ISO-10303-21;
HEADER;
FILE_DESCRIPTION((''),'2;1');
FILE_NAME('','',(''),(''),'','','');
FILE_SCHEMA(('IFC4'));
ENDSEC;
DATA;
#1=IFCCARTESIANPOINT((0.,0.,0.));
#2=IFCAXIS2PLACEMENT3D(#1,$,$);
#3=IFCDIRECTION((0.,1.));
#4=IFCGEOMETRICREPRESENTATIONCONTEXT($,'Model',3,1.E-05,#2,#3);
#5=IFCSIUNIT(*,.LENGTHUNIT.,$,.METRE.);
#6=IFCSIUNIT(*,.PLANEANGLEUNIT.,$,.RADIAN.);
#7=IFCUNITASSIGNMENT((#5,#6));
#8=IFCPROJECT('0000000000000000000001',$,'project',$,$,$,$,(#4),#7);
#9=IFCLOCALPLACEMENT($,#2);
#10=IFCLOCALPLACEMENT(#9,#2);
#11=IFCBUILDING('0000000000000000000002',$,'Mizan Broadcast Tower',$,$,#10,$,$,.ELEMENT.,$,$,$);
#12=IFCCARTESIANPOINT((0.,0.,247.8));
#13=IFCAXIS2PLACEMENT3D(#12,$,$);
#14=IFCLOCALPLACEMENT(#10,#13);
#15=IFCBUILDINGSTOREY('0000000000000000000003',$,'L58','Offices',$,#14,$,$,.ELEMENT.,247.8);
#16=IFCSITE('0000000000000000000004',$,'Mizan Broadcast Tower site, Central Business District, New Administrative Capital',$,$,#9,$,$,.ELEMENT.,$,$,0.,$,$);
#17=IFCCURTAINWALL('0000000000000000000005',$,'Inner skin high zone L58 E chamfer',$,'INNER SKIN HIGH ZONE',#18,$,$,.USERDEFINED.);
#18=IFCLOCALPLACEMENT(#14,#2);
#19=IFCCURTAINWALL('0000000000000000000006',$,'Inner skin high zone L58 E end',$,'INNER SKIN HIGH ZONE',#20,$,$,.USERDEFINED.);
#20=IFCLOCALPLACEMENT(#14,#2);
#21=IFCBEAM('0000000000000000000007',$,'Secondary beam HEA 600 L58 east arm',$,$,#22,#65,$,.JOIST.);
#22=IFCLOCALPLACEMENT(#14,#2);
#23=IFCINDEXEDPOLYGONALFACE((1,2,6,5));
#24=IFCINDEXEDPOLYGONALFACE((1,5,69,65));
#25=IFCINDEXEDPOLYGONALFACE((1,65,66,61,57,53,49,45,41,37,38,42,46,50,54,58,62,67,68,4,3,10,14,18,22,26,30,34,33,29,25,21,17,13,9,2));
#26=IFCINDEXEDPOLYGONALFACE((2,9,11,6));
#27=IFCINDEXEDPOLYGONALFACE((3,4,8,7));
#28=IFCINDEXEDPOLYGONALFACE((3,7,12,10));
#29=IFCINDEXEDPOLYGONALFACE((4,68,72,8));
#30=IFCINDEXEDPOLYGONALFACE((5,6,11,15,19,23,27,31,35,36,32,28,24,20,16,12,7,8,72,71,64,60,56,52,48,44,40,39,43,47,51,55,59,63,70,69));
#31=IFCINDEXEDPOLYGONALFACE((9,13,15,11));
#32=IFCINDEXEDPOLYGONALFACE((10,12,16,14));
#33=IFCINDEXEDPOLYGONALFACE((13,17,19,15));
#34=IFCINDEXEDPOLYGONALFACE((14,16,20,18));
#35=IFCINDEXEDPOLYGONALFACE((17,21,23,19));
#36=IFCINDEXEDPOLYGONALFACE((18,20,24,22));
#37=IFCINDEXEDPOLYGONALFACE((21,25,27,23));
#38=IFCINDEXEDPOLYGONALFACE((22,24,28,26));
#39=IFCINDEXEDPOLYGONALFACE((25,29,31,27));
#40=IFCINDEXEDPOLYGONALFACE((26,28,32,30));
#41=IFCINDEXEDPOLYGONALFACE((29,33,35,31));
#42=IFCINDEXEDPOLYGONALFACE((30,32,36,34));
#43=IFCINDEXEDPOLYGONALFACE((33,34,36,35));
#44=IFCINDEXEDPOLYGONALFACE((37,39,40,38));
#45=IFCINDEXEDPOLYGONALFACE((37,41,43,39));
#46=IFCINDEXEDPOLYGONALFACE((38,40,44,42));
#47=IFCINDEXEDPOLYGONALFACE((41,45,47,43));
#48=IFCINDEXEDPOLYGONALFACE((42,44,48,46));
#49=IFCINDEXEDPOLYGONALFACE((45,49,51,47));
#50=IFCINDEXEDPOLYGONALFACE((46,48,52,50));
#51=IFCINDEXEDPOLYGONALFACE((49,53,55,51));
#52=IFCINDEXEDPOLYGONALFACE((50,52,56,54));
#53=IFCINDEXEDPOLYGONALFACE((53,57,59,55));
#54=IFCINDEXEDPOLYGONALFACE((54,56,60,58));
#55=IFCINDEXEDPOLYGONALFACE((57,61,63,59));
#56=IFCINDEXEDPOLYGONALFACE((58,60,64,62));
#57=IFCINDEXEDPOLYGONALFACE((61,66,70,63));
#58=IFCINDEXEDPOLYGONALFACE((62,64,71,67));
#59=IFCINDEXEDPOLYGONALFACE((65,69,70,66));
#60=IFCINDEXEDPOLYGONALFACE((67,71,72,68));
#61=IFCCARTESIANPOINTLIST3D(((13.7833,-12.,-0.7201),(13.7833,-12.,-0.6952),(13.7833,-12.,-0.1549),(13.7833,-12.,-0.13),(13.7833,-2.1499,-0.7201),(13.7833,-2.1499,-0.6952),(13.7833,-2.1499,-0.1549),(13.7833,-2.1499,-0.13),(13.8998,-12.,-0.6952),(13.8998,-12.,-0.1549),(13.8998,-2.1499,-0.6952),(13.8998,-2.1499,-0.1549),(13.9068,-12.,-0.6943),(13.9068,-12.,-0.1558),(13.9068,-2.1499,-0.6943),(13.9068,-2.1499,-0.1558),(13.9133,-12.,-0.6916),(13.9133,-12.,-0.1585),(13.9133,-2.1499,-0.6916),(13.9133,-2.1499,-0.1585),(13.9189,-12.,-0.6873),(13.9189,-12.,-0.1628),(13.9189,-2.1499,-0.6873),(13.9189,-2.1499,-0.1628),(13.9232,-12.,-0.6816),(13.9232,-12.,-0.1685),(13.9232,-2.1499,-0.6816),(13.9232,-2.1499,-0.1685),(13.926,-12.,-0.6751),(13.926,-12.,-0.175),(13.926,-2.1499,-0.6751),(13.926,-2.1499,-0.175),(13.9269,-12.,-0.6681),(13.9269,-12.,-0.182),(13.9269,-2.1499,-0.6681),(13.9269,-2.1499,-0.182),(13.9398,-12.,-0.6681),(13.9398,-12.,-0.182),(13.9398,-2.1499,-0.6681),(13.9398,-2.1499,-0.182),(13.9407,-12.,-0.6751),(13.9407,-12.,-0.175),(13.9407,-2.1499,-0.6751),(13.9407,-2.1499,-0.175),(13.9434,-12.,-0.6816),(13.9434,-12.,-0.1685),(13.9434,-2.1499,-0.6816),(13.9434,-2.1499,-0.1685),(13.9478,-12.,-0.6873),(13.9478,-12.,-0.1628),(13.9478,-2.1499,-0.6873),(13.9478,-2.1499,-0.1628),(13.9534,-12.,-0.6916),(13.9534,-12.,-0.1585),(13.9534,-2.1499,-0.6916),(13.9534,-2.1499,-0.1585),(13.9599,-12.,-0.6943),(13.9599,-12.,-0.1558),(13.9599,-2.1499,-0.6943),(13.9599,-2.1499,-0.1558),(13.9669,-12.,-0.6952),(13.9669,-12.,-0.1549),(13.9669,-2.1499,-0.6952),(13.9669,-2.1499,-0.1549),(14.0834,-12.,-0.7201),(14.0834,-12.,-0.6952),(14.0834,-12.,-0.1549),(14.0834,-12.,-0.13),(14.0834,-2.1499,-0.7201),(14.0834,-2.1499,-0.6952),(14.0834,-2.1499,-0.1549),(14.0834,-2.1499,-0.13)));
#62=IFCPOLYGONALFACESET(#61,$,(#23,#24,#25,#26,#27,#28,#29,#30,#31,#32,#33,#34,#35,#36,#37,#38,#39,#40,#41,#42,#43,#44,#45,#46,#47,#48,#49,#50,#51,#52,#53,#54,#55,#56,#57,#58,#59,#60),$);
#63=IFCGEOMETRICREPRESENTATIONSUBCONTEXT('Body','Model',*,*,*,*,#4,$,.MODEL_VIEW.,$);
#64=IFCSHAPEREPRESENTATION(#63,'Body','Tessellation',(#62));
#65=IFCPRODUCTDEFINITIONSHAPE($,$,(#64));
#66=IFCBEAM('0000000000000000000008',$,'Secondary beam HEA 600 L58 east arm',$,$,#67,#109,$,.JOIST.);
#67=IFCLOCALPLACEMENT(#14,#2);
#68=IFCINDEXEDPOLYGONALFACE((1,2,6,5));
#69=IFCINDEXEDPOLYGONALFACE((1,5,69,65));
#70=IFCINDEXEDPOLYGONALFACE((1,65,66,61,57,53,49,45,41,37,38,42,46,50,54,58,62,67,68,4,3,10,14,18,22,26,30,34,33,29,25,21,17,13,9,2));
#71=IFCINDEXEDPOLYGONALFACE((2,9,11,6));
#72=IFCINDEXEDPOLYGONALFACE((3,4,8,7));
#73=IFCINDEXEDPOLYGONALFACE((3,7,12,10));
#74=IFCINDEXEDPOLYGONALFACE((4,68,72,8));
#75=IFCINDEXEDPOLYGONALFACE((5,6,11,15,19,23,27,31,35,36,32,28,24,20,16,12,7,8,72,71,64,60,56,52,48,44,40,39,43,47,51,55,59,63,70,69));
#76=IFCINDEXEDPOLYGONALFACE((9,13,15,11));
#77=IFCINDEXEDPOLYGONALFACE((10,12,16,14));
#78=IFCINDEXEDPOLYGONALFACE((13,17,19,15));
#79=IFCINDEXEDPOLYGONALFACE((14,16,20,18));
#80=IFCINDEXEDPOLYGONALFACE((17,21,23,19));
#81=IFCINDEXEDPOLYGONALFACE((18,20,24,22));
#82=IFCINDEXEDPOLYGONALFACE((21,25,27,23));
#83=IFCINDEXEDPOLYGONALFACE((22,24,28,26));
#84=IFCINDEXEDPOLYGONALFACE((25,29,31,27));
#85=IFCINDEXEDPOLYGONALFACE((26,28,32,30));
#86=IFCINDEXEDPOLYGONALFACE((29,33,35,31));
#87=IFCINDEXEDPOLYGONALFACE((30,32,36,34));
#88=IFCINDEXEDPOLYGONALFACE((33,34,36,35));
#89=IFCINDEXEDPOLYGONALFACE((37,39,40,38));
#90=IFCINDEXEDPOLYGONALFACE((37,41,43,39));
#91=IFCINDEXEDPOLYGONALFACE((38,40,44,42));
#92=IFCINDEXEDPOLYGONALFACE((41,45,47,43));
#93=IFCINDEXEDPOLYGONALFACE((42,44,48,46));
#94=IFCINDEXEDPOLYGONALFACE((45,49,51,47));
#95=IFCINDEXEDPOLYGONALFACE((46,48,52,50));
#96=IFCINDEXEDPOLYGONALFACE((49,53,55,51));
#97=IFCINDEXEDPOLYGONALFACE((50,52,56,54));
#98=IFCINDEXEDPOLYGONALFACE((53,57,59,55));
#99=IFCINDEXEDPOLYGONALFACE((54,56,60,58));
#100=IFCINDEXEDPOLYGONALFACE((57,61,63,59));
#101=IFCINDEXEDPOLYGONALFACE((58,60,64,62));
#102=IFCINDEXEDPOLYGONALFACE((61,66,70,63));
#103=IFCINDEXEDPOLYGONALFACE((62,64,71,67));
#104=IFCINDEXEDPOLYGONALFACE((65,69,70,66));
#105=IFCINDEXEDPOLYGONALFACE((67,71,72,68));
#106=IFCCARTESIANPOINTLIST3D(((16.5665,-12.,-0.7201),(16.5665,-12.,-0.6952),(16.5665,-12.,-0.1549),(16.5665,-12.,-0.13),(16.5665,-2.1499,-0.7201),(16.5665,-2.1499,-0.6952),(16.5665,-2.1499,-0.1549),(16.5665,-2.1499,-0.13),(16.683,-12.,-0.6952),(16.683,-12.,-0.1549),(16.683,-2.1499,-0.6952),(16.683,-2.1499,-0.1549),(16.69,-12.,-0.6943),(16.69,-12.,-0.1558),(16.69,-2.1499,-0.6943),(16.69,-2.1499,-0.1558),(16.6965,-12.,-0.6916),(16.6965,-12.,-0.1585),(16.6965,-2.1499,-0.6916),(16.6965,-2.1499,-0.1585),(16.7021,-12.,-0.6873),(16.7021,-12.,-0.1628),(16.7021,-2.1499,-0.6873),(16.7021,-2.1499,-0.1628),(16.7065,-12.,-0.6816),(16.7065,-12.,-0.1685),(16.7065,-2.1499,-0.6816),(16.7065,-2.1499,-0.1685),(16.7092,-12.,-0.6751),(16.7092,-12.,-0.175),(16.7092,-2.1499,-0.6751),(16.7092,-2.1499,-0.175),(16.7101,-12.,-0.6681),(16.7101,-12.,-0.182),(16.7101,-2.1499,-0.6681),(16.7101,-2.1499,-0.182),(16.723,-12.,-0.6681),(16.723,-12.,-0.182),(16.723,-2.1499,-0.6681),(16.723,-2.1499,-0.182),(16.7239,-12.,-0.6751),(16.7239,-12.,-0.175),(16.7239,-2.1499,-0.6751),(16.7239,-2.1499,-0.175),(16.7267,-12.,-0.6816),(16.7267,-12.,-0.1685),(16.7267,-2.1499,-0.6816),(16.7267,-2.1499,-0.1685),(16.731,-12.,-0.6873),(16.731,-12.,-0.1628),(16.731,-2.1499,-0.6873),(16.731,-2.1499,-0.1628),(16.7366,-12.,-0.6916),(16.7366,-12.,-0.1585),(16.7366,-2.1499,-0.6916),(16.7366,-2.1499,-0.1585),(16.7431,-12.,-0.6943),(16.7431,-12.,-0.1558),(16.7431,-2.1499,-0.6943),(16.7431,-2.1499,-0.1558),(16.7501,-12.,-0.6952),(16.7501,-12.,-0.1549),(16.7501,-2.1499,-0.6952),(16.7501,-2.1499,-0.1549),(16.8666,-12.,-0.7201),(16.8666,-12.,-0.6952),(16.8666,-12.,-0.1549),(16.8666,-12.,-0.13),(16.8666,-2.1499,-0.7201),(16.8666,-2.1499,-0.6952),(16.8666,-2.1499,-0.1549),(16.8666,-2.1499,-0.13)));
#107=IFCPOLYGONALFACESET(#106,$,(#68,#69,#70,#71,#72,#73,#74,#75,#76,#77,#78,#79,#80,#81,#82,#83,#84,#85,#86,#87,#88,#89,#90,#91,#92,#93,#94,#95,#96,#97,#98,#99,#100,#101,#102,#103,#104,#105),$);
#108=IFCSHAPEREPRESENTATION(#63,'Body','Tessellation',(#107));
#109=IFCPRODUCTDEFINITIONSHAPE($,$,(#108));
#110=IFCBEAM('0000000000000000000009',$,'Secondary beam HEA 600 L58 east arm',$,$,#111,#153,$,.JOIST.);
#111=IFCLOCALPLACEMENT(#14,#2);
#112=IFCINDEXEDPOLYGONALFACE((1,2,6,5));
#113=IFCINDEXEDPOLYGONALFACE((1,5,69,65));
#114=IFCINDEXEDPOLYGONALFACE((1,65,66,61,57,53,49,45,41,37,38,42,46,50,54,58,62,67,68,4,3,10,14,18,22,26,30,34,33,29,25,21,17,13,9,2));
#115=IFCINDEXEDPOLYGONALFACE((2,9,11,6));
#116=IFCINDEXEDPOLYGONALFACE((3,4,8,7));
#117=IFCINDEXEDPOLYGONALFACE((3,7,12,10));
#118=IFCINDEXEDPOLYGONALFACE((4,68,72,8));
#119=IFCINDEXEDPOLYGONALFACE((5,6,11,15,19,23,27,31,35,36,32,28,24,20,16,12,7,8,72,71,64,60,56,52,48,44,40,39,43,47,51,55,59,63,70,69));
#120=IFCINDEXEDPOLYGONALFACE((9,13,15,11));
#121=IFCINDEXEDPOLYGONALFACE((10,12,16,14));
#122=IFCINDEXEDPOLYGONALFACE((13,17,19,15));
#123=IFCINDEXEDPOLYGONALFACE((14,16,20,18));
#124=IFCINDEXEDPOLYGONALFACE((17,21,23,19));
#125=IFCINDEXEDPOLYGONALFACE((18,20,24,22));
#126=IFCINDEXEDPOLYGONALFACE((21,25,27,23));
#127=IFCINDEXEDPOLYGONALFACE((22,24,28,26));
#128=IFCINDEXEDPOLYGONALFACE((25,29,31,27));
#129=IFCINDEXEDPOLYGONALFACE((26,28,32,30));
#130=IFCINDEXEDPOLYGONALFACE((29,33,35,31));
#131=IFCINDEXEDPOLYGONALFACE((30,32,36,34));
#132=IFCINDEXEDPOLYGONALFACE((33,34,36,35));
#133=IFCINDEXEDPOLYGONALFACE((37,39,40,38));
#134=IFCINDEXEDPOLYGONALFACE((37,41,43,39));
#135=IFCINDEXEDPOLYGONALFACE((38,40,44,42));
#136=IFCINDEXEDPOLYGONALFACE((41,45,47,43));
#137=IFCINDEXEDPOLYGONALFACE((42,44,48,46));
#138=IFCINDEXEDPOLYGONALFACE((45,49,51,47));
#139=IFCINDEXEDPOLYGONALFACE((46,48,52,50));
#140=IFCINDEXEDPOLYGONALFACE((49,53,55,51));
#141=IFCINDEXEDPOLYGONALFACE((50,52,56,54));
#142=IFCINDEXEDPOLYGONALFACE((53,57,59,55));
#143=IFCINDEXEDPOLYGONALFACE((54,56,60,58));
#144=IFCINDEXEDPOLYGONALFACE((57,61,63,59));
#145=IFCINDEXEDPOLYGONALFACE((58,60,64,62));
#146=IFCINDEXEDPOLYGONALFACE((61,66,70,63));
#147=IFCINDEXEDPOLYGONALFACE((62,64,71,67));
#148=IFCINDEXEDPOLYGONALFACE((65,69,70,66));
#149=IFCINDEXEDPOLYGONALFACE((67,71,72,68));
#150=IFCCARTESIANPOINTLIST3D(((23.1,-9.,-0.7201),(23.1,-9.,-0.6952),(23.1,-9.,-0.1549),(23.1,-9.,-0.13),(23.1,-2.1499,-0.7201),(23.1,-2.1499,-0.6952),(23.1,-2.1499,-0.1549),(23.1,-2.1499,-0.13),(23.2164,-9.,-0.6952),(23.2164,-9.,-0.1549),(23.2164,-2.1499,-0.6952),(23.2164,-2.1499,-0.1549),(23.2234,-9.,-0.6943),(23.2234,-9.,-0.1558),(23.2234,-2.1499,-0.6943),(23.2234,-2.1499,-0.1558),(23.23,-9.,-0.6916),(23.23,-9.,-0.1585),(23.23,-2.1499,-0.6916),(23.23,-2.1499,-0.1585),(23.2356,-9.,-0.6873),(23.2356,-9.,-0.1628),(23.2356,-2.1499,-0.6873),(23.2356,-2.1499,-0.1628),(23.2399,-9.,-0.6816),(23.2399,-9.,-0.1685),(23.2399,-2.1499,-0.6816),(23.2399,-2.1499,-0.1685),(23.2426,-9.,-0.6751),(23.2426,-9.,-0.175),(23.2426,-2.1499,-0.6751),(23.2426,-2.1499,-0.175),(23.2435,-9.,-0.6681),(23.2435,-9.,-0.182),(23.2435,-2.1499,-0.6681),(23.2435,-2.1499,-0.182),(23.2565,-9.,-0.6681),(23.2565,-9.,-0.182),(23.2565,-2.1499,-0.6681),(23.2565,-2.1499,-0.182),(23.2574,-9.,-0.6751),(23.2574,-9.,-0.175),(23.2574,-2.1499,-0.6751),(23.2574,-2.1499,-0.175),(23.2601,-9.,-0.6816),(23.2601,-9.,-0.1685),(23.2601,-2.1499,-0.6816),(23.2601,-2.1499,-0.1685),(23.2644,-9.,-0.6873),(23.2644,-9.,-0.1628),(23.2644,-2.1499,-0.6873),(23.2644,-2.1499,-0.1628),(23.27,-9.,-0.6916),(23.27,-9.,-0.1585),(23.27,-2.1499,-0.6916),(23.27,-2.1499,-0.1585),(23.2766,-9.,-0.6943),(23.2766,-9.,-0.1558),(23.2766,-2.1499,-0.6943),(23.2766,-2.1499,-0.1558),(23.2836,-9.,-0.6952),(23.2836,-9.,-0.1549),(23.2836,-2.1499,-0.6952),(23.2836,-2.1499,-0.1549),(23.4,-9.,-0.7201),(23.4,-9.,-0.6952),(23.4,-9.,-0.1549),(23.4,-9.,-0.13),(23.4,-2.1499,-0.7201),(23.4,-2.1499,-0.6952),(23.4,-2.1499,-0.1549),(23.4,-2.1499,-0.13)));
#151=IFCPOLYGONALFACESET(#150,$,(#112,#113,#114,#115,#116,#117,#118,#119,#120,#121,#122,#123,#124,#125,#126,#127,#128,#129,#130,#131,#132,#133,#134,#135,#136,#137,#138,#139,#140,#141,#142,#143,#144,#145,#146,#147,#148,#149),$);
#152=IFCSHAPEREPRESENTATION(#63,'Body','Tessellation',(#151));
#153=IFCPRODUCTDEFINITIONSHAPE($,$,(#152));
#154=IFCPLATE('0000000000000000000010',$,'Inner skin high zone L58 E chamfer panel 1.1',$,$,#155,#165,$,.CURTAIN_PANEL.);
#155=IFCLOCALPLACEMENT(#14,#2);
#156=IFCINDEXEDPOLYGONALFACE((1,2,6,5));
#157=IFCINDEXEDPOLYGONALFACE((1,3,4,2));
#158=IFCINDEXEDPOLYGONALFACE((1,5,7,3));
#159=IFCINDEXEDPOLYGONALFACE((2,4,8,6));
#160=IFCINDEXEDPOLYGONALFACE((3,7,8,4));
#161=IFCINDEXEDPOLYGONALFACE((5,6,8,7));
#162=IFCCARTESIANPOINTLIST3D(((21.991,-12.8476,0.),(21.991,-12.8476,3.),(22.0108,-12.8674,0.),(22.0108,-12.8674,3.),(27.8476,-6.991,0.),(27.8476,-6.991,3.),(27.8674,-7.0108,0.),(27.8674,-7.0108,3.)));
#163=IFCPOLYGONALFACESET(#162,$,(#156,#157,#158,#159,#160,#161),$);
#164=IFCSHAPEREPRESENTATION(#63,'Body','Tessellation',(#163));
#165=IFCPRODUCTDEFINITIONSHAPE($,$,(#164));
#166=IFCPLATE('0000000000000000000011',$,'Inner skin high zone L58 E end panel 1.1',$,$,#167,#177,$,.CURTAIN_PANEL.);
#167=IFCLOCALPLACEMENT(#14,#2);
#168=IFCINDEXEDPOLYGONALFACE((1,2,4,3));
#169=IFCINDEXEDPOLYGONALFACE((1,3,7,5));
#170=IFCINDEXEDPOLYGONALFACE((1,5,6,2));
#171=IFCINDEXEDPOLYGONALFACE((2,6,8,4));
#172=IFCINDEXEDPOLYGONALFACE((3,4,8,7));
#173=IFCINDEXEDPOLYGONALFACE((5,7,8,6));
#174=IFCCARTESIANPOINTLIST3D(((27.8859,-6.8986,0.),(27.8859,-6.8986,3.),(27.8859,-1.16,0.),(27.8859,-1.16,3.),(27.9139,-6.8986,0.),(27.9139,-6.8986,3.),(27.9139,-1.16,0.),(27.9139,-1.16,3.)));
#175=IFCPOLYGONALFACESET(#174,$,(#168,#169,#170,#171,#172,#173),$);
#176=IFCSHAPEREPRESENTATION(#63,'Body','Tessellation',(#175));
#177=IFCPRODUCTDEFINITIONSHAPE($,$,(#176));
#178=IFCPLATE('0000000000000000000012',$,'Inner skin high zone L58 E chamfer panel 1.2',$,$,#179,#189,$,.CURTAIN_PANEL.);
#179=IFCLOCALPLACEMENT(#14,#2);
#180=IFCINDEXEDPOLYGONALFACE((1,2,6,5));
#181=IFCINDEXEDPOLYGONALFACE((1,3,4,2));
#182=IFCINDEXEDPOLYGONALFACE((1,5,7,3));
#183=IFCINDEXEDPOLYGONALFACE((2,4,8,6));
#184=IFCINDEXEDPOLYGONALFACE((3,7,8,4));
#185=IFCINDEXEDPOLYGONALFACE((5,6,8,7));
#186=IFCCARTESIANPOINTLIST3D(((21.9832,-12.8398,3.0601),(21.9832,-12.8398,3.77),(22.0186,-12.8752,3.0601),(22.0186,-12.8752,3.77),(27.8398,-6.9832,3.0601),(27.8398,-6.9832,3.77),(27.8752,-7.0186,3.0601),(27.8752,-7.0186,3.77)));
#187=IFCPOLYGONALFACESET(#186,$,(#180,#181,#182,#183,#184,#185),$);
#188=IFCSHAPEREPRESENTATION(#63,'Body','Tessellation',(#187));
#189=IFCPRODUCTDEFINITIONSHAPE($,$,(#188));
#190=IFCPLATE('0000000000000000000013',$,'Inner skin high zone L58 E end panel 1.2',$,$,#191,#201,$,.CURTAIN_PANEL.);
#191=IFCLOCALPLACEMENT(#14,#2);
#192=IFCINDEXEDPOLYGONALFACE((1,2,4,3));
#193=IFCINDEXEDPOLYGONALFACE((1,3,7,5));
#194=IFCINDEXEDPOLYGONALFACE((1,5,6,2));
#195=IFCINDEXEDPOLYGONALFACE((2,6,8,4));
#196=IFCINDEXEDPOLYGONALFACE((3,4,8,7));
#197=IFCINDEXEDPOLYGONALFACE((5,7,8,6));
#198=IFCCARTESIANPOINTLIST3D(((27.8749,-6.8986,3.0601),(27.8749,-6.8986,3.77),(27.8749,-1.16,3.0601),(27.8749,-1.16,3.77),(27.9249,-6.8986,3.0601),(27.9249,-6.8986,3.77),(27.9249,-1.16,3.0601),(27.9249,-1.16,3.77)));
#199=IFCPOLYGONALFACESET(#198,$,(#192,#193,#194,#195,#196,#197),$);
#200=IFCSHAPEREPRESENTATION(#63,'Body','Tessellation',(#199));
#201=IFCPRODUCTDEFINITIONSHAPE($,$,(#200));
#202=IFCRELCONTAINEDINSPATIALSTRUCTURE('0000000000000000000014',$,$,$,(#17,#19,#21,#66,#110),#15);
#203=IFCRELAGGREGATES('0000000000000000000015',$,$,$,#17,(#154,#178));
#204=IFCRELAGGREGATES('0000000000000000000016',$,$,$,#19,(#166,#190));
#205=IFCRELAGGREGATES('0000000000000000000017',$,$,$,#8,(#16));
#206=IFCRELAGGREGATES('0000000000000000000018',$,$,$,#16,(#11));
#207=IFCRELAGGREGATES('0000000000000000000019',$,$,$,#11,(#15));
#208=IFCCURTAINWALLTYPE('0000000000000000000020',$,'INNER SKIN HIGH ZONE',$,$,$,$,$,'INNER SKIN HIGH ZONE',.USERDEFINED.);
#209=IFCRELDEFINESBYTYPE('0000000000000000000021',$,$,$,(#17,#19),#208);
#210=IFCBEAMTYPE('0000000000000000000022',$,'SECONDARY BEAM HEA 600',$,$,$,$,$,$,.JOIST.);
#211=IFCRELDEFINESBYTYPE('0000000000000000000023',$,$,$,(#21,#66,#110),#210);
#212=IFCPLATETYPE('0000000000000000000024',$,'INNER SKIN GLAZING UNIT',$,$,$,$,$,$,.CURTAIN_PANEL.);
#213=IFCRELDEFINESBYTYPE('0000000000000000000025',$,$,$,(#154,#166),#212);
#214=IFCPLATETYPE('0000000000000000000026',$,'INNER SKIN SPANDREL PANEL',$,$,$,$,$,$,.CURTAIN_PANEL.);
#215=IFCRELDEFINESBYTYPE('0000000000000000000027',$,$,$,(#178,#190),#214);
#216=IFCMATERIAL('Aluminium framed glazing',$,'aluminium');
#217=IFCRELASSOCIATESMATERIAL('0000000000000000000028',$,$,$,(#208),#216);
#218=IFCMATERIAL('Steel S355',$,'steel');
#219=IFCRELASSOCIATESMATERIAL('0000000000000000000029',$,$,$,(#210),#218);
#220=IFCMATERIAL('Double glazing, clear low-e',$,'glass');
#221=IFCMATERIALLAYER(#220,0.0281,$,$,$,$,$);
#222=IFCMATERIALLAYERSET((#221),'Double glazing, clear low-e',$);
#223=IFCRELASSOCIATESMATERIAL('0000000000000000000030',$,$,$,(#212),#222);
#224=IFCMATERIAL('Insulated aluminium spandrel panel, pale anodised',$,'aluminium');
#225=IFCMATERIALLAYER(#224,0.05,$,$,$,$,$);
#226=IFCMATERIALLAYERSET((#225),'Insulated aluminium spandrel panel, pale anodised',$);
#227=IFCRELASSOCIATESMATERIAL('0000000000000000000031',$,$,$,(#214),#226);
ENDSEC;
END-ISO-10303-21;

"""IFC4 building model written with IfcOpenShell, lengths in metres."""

from ifc_helpers import new_model, si_unit, direction, frame, origin, origin_2d, place, context, subcontext, project, spatial, rectangle, i_section, extrude, material, layer, layer_set, material_profile, profile_set, type_object, element, aggregate, save


model = new_model("IFC4")

# Units and contexts
model_context = context("Model", 3, precision=1e-05, world=origin(), true_north=direction((0.0, 1.0)))
body_context = subcontext(model_context, "Body", "Model", "MODEL_VIEW")
ifc_project = project(units=[si_unit("LENGTHUNIT", "METRE"), si_unit("PLANEANGLEUNIT", "RADIAN")], contexts=[model_context])

# Site, building, storey
site_placement = place(None, origin())
site = spatial("IfcSite", under=ifc_project, at=site_placement, Name="Mizan Broadcast Tower site, Central Business District, New Administrative Capital", CompositionType="ELEMENT", RefElevation=0.0)
building_placement = place(site_placement, origin())
building = spatial("IfcBuilding", under=site, at=building_placement, Name="Mizan Broadcast Tower", CompositionType="ELEMENT")
storey_placement = place(building_placement, frame((0.0, 0.0, 247.8)))
storey = spatial("IfcBuildingStorey", under=building, at=storey_placement, Name="L58", Description="Offices", CompositionType="ELEMENT", Elevation=247.8)

# Curtain wall
ifc_material_1 = material(Name="Aluminium framed glazing", Category="aluminium")
curtain_wall_type_1 = type_object("IfcCurtainWallType", Name="INNER SKIN HIGH ZONE", ElementType="INNER SKIN HIGH ZONE", PredefinedType="USERDEFINED", material=ifc_material_1)
curtain_wall_1_placement = place(storey_placement, origin())
curtain_wall_1 = element("IfcCurtainWall", 1, at=curtain_wall_1_placement, inside=storey, type_object=curtain_wall_type_1, Name="Inner skin high zone L58 E chamfer", ObjectType="INNER SKIN HIGH ZONE", PredefinedType="USERDEFINED")

# Curtain wall
curtain_wall_2_placement = place(storey_placement, origin())
curtain_wall_2 = element("IfcCurtainWall", 2, at=curtain_wall_2_placement, inside=storey, type_object=curtain_wall_type_1, Name="Inner skin high zone L58 E end", ObjectType="INNER SKIN HIGH ZONE", PredefinedType="USERDEFINED")

# Beams
ifc_material_2 = material(Name="Steel S355", Category="steel")
ifc_material_profile_1 = material_profile(ifc_material_2, i_section(OverallWidth=0.3, OverallDepth=0.5901, WebThickness=0.0129, FlangeThickness=0.0249, FilletRadius=0.0271, at=origin_2d()), Name="HEA 600")
ifc_profile_set_1 = profile_set([ifc_material_profile_1], Name="Steel S355")
beam_type_1 = type_object("IfcBeamType", Name="SECONDARY BEAM HEA 600", PredefinedType="JOIST", material=ifc_profile_set_1)
for number, where, z_axis, x_axis, name in (
    (3, (13.9333, -12.0, -0.425), (0.0, 1.0, 0.0), (-1.0, 0.0, 0.0), "Secondary beam HEA 600 L58 east arm"),
    (4, (16.7166, -12.0, -0.425), (0.0, 1.0, 0.0), (-1.0, 0.0, 0.0), "Secondary beam HEA 600 L58 east arm"),
):
    element("IfcBeam", number, at=place(storey_placement, frame(where, z_axis=z_axis, x_axis=x_axis)), inside=storey, type_object=beam_type_1, Name=name, PredefinedType="JOIST", context=body_context, shape_type="SweptSolid", body=[
        extrude(i_section(OverallWidth=0.3, OverallDepth=0.5901, WebThickness=0.0129, FlangeThickness=0.0249, FilletRadius=0.0271, at=origin_2d()), origin(), (0.0, 0.0, 1.0), 9.8501),
    ])
beam_1_placement = place(storey_placement, frame((23.25, -9.0, -0.425), z_axis=(0.0, 1.0, 0.0), x_axis=(-1.0, 0.0, 0.0)))
element("IfcBeam", 5, at=beam_1_placement, inside=storey, type_object=beam_type_1, Name="Secondary beam HEA 600 L58 east arm", PredefinedType="JOIST", context=body_context, shape_type="SweptSolid", body=[
    extrude(i_section(OverallWidth=0.3, OverallDepth=0.5901, WebThickness=0.0129, FlangeThickness=0.0249, FilletRadius=0.0271, at=origin_2d()), origin(), (0.0, 0.0, 1.0), 6.8501),
])

# Plates
ifc_material_3 = material(Name="Double glazing, clear low-e", Category="glass")
ifc_layer_1 = layer(ifc_material_3, 0.0281)
ifc_layer_set_1 = layer_set([ifc_layer_1], Name="Double glazing, clear low-e")
plate_type_1 = type_object("IfcPlateType", Name="INNER SKIN GLAZING UNIT", PredefinedType="CURTAIN_PANEL", material=ifc_layer_set_1)
plate_1_placement = place(storey_placement, frame((24.9292, -9.9292, 0.0), z_axis=(0.0, 0.0, 1.0), x_axis=(0.707107, 0.707107, 0.0)))
plate_1 = element("IfcPlate", 6, at=plate_1_placement, type_object=plate_type_1, Name="Inner skin high zone L58 E chamfer panel 1.1", PredefinedType="CURTAIN_PANEL", context=body_context, shape_type="SweptSolid", body=[
    extrude(rectangle(XDim=8.2825, YDim=0.0281, at=origin_2d()), origin(), (0.0, 0.0, 1.0), 3.0),
])
plate_2_placement = place(storey_placement, frame((27.8999, -4.0293, 0.0), z_axis=(0.0, 0.0, 1.0), x_axis=(0.0, 1.0, 0.0)))
plate_2 = element("IfcPlate", 7, at=plate_2_placement, type_object=plate_type_1, Name="Inner skin high zone L58 E end panel 1.1", PredefinedType="CURTAIN_PANEL", context=body_context, shape_type="SweptSolid", body=[
    extrude(rectangle(XDim=5.7385, YDim=0.0281, at=origin_2d()), origin(), (0.0, 0.0, 1.0), 3.0),
])
ifc_material_4 = material(Name="Insulated aluminium spandrel panel, pale anodised", Category="aluminium")
ifc_layer_2 = layer(ifc_material_4, 0.05)
ifc_layer_set_2 = layer_set([ifc_layer_2], Name="Insulated aluminium spandrel panel, pale anodised")
plate_type_2 = type_object("IfcPlateType", Name="INNER SKIN SPANDREL PANEL", PredefinedType="CURTAIN_PANEL", material=ifc_layer_set_2)
plate_3_placement = place(storey_placement, frame((24.9292, -9.9292, 3.0601), z_axis=(0.0, 0.0, 1.0), x_axis=(0.707107, 0.707107, 0.0)))
plate_3 = element("IfcPlate", 8, at=plate_3_placement, type_object=plate_type_2, Name="Inner skin high zone L58 E chamfer panel 1.2", PredefinedType="CURTAIN_PANEL", context=body_context, shape_type="SweptSolid", body=[
    extrude(rectangle(XDim=8.2825, YDim=0.05, at=origin_2d()), origin(), (0.0, 0.0, 1.0), 0.71),
])
aggregate(curtain_wall_1, [plate_1, plate_3])
plate_4_placement = place(storey_placement, frame((27.8999, -4.0293, 3.0601), z_axis=(0.0, 0.0, 1.0), x_axis=(0.0, 1.0, 0.0)))
plate_4 = element("IfcPlate", 9, at=plate_4_placement, type_object=plate_type_2, Name="Inner skin high zone L58 E end panel 1.2", PredefinedType="CURTAIN_PANEL", context=body_context, shape_type="SweptSolid", body=[
    extrude(rectangle(XDim=5.7385, YDim=0.05, at=origin_2d()), origin(), (0.0, 0.0, 1.0), 0.71),
])
aggregate(curtain_wall_2, [plate_2, plate_4])

save(model, "model.ifc")
